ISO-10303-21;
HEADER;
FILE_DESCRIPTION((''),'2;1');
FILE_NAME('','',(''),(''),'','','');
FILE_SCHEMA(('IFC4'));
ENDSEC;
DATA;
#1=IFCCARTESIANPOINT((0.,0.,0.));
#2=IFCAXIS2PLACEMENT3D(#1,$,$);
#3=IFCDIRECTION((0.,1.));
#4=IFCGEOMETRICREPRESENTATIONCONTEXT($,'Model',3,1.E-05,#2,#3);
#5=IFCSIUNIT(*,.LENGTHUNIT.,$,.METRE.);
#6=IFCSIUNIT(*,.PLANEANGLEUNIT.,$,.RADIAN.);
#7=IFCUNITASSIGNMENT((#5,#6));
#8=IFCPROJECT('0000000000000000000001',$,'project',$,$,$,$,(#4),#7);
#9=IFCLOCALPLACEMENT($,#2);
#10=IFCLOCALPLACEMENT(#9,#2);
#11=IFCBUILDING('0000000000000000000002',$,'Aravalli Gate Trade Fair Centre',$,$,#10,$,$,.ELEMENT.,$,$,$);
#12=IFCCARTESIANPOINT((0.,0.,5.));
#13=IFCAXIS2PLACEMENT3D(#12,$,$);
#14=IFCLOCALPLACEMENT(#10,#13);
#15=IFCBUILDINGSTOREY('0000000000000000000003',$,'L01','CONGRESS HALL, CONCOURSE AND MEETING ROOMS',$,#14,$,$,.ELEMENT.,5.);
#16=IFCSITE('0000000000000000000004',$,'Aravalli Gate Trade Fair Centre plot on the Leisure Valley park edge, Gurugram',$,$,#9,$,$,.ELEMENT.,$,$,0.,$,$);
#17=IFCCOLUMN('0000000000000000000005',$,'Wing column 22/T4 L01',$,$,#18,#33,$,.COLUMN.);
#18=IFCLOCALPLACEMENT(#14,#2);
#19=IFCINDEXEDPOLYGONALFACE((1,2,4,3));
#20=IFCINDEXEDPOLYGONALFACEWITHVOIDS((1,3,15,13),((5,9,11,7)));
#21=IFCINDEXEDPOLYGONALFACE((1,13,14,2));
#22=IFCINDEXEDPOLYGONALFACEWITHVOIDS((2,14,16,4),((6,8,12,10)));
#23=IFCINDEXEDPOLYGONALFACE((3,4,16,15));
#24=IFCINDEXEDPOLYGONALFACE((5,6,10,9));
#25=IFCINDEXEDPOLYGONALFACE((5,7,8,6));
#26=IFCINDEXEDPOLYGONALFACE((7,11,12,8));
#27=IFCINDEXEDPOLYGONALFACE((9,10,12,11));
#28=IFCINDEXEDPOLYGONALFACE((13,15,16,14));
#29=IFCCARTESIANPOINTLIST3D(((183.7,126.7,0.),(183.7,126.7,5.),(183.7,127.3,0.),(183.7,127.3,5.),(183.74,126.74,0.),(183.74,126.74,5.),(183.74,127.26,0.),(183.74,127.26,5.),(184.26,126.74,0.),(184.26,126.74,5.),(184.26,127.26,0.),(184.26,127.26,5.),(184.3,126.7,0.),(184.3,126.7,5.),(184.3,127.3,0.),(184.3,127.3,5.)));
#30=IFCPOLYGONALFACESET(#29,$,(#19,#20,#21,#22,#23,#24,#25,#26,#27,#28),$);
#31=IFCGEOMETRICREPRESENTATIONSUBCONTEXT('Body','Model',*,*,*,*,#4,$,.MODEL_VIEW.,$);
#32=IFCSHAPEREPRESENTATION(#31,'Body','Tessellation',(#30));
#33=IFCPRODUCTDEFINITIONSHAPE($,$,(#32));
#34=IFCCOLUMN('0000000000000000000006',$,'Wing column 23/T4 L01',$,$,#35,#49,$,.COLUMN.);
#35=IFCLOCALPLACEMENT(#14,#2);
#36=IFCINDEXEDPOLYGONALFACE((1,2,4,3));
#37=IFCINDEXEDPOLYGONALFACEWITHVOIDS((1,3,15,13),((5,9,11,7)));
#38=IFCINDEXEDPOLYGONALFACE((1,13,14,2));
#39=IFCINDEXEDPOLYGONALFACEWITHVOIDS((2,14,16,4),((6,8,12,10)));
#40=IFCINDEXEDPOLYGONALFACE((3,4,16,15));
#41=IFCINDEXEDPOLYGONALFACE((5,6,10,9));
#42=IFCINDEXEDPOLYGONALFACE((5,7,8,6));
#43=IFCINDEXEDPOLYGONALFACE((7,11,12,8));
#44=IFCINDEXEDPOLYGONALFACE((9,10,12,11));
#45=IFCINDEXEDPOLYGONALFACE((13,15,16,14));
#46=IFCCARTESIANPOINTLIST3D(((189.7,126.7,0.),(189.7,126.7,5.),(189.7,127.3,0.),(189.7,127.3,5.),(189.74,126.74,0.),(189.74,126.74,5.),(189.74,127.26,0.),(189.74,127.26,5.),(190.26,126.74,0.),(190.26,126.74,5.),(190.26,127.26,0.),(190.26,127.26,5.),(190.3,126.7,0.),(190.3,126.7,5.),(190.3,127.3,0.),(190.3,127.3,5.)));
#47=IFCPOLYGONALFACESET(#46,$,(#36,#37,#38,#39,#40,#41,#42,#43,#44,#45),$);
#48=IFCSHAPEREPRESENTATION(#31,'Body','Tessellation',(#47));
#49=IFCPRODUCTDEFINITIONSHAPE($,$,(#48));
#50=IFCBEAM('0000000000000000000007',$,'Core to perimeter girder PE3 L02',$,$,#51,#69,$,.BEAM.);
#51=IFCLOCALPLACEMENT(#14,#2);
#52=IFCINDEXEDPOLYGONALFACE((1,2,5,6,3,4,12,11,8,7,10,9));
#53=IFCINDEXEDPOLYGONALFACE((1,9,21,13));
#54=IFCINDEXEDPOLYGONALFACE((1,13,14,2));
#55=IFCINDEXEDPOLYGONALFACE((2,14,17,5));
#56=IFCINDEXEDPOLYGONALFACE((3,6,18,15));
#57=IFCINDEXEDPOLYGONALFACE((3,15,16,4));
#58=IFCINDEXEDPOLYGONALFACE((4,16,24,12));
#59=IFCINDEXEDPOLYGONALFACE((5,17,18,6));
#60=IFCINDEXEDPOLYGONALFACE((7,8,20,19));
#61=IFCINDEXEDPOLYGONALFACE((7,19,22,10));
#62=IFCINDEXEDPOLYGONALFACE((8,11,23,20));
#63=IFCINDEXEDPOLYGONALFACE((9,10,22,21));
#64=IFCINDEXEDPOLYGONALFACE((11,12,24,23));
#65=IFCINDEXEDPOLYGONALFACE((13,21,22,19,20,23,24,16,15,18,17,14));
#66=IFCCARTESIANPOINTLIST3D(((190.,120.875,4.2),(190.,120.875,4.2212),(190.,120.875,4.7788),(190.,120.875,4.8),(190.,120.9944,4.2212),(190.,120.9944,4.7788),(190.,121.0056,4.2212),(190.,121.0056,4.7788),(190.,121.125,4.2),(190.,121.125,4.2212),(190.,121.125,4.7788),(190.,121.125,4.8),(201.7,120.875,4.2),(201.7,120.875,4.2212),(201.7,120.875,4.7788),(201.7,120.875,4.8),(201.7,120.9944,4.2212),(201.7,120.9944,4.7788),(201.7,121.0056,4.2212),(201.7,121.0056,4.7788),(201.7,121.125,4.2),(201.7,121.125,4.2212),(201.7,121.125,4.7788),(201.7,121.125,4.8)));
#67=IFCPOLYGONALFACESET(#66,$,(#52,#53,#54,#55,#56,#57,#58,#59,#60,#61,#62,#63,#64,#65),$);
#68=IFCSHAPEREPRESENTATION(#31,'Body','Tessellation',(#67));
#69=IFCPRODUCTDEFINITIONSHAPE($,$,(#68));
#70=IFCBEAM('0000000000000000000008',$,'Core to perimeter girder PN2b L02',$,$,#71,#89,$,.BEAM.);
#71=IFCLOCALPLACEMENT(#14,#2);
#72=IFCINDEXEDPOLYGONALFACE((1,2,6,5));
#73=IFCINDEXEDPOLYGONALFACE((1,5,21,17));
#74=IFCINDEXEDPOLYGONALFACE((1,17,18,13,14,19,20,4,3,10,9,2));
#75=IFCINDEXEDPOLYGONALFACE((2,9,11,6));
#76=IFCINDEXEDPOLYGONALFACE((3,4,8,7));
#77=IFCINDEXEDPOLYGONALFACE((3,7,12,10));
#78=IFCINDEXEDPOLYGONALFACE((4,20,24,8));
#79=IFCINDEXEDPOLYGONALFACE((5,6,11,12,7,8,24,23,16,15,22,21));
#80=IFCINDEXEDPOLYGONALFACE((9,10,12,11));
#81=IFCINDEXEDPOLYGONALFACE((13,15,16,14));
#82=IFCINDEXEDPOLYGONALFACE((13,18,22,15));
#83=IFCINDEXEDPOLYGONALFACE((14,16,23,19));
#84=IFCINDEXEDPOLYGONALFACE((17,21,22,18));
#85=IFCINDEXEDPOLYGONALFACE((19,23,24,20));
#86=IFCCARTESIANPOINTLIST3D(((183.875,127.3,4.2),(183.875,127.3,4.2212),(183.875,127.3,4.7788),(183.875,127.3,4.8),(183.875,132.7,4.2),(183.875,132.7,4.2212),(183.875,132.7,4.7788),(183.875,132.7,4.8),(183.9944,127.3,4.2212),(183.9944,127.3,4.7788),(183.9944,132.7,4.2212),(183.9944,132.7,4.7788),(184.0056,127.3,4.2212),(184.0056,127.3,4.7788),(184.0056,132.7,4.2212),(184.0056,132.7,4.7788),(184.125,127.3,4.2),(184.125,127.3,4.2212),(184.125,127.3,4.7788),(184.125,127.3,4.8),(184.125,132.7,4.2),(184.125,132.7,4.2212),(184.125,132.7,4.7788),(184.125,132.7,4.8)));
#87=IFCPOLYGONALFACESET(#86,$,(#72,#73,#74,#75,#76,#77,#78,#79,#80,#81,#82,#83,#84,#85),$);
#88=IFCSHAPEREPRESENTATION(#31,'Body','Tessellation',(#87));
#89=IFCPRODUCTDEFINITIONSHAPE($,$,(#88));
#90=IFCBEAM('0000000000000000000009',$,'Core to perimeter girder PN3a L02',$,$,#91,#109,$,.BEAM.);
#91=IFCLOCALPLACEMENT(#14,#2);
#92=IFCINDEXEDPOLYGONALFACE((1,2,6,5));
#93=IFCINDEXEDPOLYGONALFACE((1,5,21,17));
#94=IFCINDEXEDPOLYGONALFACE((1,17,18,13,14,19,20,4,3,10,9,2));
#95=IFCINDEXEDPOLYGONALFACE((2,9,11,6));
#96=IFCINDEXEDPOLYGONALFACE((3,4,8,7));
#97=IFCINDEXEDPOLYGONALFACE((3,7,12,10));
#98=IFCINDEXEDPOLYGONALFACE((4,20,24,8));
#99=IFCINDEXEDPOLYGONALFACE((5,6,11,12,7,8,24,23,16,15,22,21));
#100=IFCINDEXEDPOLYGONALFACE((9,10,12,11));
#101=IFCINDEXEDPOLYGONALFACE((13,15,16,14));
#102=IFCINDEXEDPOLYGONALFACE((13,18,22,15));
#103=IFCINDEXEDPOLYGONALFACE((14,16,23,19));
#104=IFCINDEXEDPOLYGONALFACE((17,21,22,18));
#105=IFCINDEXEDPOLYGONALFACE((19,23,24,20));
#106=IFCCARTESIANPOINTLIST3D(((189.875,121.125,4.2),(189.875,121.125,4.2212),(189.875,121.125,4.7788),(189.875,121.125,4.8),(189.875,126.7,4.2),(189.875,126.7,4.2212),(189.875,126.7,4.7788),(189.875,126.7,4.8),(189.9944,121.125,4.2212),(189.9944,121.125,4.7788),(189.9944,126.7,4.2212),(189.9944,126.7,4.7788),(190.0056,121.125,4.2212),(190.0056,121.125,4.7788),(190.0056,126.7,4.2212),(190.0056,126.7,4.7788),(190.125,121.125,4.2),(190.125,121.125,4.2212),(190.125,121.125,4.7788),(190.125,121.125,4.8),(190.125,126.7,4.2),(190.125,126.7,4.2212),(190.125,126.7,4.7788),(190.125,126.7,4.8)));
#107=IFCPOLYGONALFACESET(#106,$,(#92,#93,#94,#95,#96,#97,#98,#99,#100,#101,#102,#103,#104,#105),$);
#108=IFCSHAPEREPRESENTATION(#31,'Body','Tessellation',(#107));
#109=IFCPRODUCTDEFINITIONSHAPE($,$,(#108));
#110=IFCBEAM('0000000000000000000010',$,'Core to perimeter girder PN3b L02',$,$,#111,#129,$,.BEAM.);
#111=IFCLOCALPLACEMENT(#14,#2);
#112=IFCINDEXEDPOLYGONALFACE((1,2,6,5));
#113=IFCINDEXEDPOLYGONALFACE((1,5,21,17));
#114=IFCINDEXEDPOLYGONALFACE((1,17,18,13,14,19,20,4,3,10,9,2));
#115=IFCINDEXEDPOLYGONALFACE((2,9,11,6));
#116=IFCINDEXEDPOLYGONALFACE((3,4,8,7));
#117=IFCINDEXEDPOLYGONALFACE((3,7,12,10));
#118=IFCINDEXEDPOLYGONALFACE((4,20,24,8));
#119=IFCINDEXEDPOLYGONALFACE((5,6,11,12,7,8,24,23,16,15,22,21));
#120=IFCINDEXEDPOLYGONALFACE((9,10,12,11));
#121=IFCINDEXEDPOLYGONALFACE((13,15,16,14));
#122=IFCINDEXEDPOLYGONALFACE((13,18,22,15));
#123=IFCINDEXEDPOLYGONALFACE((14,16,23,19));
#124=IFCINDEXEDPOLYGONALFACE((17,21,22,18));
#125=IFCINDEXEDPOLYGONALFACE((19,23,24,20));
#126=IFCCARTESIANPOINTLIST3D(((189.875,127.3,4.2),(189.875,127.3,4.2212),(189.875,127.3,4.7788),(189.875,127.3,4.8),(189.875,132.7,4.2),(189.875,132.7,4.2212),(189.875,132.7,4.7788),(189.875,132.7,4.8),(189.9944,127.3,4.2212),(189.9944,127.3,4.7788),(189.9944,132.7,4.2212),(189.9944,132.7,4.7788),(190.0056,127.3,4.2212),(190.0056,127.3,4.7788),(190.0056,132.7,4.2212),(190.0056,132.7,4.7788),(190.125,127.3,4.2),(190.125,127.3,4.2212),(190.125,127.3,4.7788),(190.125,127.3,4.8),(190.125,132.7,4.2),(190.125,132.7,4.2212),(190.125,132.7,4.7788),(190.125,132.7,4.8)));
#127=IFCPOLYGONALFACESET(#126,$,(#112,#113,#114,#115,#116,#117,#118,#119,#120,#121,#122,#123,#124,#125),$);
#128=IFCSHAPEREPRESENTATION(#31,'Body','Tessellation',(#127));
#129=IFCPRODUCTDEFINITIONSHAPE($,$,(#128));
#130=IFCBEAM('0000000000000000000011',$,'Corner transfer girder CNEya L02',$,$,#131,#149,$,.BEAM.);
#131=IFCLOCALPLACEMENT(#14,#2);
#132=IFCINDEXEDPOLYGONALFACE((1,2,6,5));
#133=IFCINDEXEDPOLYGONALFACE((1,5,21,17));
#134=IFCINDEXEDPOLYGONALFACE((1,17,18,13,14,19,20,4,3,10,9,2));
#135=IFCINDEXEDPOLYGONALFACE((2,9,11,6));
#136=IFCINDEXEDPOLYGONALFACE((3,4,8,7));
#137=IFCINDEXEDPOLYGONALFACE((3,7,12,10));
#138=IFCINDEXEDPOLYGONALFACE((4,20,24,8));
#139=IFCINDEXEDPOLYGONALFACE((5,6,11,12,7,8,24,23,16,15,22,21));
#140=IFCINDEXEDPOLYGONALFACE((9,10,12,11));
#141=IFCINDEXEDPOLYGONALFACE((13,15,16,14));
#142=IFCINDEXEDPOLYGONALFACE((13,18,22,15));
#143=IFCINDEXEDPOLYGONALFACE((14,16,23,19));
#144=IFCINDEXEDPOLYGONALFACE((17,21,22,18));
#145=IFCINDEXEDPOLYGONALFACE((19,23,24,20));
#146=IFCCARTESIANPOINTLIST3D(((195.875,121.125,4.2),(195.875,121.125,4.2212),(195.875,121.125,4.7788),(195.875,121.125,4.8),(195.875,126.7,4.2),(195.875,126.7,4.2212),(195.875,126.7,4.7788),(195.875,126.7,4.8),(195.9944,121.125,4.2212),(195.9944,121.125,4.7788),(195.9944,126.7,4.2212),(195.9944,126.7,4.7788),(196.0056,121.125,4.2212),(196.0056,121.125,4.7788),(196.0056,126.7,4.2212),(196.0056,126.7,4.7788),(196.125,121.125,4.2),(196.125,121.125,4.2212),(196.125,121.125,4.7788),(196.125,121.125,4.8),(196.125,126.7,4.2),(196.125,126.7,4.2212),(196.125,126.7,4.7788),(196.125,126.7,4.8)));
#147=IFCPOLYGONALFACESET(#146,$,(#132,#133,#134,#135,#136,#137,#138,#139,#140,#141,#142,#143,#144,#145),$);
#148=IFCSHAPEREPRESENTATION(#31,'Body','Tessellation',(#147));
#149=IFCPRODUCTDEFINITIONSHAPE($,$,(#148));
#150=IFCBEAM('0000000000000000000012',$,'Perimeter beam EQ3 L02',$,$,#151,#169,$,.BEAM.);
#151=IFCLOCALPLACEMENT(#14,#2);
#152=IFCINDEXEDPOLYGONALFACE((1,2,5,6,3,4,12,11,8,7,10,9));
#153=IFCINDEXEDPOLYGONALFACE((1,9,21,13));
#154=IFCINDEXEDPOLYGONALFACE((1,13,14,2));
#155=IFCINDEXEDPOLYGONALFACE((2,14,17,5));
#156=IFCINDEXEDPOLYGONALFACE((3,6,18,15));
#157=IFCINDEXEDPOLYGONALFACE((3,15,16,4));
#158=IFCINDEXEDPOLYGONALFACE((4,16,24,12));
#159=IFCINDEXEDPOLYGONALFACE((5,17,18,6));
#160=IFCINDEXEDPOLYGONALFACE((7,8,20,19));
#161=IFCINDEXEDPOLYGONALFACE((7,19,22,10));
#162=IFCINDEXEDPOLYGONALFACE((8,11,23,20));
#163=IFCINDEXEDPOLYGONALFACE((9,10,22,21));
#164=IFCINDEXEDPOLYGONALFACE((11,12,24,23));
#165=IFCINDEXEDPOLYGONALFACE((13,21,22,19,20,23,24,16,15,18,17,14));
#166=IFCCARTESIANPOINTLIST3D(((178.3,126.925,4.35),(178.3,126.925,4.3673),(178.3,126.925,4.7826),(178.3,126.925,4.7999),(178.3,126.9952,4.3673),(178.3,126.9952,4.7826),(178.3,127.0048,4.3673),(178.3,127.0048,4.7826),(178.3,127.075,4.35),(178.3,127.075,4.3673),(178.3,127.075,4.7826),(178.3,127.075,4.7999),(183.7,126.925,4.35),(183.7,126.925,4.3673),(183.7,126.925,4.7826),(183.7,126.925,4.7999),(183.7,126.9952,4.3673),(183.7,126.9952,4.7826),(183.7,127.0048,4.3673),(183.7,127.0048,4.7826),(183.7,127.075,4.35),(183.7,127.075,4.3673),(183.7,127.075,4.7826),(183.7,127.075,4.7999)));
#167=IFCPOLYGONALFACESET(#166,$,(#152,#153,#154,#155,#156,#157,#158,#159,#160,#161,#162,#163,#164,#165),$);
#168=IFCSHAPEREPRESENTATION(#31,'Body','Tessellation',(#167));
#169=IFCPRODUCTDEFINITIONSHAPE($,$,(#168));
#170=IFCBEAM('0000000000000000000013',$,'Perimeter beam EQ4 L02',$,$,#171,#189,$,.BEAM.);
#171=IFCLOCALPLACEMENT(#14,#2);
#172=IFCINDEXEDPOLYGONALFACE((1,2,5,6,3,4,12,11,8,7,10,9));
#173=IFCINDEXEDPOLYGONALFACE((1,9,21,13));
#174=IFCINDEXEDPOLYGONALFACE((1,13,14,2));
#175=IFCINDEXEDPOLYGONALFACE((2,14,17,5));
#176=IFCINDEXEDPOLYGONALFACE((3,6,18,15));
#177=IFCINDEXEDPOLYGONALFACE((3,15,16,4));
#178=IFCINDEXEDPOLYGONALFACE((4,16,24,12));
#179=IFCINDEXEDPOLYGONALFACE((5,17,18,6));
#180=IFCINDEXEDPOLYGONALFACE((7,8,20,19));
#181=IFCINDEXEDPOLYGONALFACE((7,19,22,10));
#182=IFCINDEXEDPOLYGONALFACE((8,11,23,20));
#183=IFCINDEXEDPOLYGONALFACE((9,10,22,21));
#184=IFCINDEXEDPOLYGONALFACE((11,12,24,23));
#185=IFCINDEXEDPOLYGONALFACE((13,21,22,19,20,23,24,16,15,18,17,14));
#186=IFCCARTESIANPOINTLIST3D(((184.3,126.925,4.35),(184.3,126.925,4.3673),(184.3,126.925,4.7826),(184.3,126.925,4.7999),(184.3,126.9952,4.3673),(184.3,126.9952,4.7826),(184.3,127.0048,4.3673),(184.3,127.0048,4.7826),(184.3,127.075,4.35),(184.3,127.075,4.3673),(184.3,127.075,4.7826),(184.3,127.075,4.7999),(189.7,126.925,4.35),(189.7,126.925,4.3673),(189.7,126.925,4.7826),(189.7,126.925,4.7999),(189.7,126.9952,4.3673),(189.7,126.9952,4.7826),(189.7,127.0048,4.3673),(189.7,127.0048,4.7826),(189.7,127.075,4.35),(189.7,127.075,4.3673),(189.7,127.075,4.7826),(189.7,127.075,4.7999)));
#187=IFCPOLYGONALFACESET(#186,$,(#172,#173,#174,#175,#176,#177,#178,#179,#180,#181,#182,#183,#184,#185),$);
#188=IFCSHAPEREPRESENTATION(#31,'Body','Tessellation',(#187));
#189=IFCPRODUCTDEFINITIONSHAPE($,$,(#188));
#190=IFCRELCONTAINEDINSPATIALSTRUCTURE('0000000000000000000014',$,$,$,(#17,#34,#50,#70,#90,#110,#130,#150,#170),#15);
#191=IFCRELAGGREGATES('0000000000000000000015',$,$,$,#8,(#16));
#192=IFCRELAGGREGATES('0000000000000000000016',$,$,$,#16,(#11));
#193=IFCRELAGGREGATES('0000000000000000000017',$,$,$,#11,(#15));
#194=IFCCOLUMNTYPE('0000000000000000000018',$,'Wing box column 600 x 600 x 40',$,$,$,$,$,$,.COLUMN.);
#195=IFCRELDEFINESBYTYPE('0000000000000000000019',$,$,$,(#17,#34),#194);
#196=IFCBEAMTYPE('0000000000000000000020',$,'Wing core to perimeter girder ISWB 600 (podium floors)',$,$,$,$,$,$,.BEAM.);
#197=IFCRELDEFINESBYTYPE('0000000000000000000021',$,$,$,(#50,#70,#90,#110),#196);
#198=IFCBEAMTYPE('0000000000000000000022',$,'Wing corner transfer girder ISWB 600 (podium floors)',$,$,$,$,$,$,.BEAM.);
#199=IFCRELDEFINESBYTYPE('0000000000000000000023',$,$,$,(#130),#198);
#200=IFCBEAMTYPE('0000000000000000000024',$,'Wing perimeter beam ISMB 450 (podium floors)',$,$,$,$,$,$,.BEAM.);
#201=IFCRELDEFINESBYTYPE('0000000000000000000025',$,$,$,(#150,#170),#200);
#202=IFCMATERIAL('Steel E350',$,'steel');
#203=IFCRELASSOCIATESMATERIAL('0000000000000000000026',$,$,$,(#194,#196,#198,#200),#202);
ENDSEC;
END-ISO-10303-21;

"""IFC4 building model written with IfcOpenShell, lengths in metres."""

from ifc_helpers import new_model, si_unit, direction, frame, origin, origin_2d, place, context, subcontext, project, spatial, hollow_rectangle, i_section, extrude, material, material_profile, profile_set, type_object, element, save


model = new_model("IFC4")

# Units and contexts
model_context = context("Model", 3, precision=1e-05, world=origin(), true_north=direction((0.0, 1.0)))
body_context = subcontext(model_context, "Body", "Model", "MODEL_VIEW")
ifc_project = project(units=[si_unit("LENGTHUNIT", "METRE"), si_unit("PLANEANGLEUNIT", "RADIAN")], contexts=[model_context])

# Site, building, storey
site_placement = place(None, origin())
site = spatial("IfcSite", under=ifc_project, at=site_placement, Name="Aravalli Gate Trade Fair Centre plot on the Leisure Valley park edge, Gurugram", CompositionType="ELEMENT", RefElevation=0.0)
building_placement = place(site_placement, origin())
building = spatial("IfcBuilding", under=site, at=building_placement, Name="Aravalli Gate Trade Fair Centre", CompositionType="ELEMENT")
storey_placement = place(building_placement, frame((0.0, 0.0, 5.0)))
storey = spatial("IfcBuildingStorey", under=building, at=storey_placement, Name="L01", Description="CONGRESS HALL, CONCOURSE AND MEETING ROOMS", CompositionType="ELEMENT", Elevation=5.0)

# Columns
ifc_material_1 = material(Name="Steel E350", Category="steel")
ifc_material_profile_1 = material_profile(ifc_material_1, hollow_rectangle(XDim=0.6001, YDim=0.6001, WallThickness=0.04, at=origin_2d()), Name="BOX 600x600x40")
ifc_profile_set_1 = profile_set([ifc_material_profile_1], Name="Steel E350")
column_type = type_object("IfcColumnType", Name="Wing box column 600 x 600 x 40", PredefinedType="COLUMN", material=ifc_profile_set_1)
for number, where, z_axis, x_axis, name in (
    (1, (184.0, 127.0, 0.0), (0.0, 0.0, 1.0), (1.0, 0.0, 0.0), "Wing column 22/T4 L01"),
    (2, (190.0, 127.0, 0.0), (0.0, 0.0, 1.0), (1.0, 0.0, 0.0), "Wing column 23/T4 L01"),
):
    element("IfcColumn", number, at=place(storey_placement, frame(where, z_axis=z_axis, x_axis=x_axis)), inside=storey, type_object=column_type, Name=name, PredefinedType="COLUMN", context=body_context, shape_type="SweptSolid", body=[
        extrude(hollow_rectangle(XDim=0.6001, YDim=0.6001, WallThickness=0.04, at=origin_2d()), origin(), (0.0, 0.0, 1.0), 5.0),
    ])

# Beams
ifc_material_profile_2 = material_profile(ifc_material_1, i_section(OverallWidth=0.25, OverallDepth=0.6001, WebThickness=0.0112, FlangeThickness=0.0212, at=origin_2d()), Name="ISWB 600")
ifc_profile_set_2 = profile_set([ifc_material_profile_2], Name="Steel E350")
beam_type_1 = type_object("IfcBeamType", Name="Wing core to perimeter girder ISWB 600 (podium floors)", PredefinedType="BEAM", material=ifc_profile_set_2)
beam_1_placement = place(storey_placement, frame((190.0, 121.0, 4.5), z_axis=(1.0, 0.0, 0.0), x_axis=(0.0, 1.0, 0.0)))
element("IfcBeam", 3, at=beam_1_placement, inside=storey, type_object=beam_type_1, Name="Core to perimeter girder PE3 L02", PredefinedType="BEAM", context=body_context, shape_type="SweptSolid", body=[
    extrude(i_section(OverallWidth=0.25, OverallDepth=0.6001, WebThickness=0.0112, FlangeThickness=0.0212, at=origin_2d()), origin(), (0.0, 0.0, 1.0), 11.7),
])
beam_2_placement = place(storey_placement, frame((184.0, 127.3, 4.5), z_axis=(0.0, 1.0, 0.0), x_axis=(-1.0, 0.0, 0.0)))
element("IfcBeam", 4, at=beam_2_placement, inside=storey, type_object=beam_type_1, Name="Core to perimeter girder PN2b L02", PredefinedType="BEAM", context=body_context, shape_type="SweptSolid", body=[
    extrude(i_section(OverallWidth=0.25, OverallDepth=0.6001, WebThickness=0.0112, FlangeThickness=0.0212, at=origin_2d()), origin(), (0.0, 0.0, 1.0), 5.3999),
])
beam_3_placement = place(storey_placement, frame((190.0, 121.125, 4.5), z_axis=(0.0, 1.0, 0.0), x_axis=(-1.0, 0.0, 0.0)))
element("IfcBeam", 5, at=beam_3_placement, inside=storey, type_object=beam_type_1, Name="Core to perimeter girder PN3a L02", PredefinedType="BEAM", context=body_context, shape_type="SweptSolid", body=[
    extrude(i_section(OverallWidth=0.25, OverallDepth=0.6001, WebThickness=0.0112, FlangeThickness=0.0212, at=origin_2d()), origin(), (0.0, 0.0, 1.0), 5.575),
])
beam_4_placement = place(storey_placement, frame((190.0, 127.3, 4.5), z_axis=(0.0, 1.0, 0.0), x_axis=(-1.0, 0.0, 0.0)))
element("IfcBeam", 6, at=beam_4_placement, inside=storey, type_object=beam_type_1, Name="Core to perimeter girder PN3b L02", PredefinedType="BEAM", context=body_context, shape_type="SweptSolid", body=[
    extrude(i_section(OverallWidth=0.25, OverallDepth=0.6001, WebThickness=0.0112, FlangeThickness=0.0212, at=origin_2d()), origin(), (0.0, 0.0, 1.0), 5.3999),
])
ifc_material_profile_3 = material_profile(ifc_material_1, i_section(OverallWidth=0.25, OverallDepth=0.6001, WebThickness=0.0112, FlangeThickness=0.0212, at=origin_2d()), Name="ISWB 600")
ifc_profile_set_3 = profile_set([ifc_material_profile_3], Name="Steel E350")
beam_type_2 = type_object("IfcBeamType", Name="Wing corner transfer girder ISWB 600 (podium floors)", PredefinedType="BEAM", material=ifc_profile_set_3)
beam_5_placement = place(storey_placement, frame((196.0, 121.125, 4.5), z_axis=(0.0, 1.0, 0.0), x_axis=(-1.0, 0.0, 0.0)))
element("IfcBeam", 7, at=beam_5_placement, inside=storey, type_object=beam_type_2, Name="Corner transfer girder CNEya L02", PredefinedType="BEAM", context=body_context, shape_type="SweptSolid", body=[
    extrude(i_section(OverallWidth=0.25, OverallDepth=0.6001, WebThickness=0.0112, FlangeThickness=0.0212, at=origin_2d()), origin(), (0.0, 0.0, 1.0), 5.575),
])
ifc_material_profile_4 = material_profile(ifc_material_1, i_section(OverallWidth=0.1499, OverallDepth=0.45, WebThickness=0.0095, FlangeThickness=0.0173, at=origin_2d()), Name="ISMB 450")
ifc_profile_set_4 = profile_set([ifc_material_profile_4], Name="Steel E350")
beam_type_3 = type_object("IfcBeamType", Name="Wing perimeter beam ISMB 450 (podium floors)", PredefinedType="BEAM", material=ifc_profile_set_4)
for number, where, z_axis, x_axis, name in (
    (8, (178.3, 127.0, 4.575), (1.0, 0.0, 0.0), (0.0, 1.0, 0.0), "Perimeter beam EQ3 L02"),
    (9, (184.3, 127.0, 4.575), (1.0, 0.0, 0.0), (0.0, 1.0, 0.0), "Perimeter beam EQ4 L02"),
):
    element("IfcBeam", number, at=place(storey_placement, frame(where, z_axis=z_axis, x_axis=x_axis)), inside=storey, type_object=beam_type_3, Name=name, PredefinedType="BEAM", context=body_context, shape_type="SweptSolid", body=[
        extrude(i_section(OverallWidth=0.1499, OverallDepth=0.45, WebThickness=0.0095, FlangeThickness=0.0173, at=origin_2d()), origin(), (0.0, 0.0, 1.0), 5.3999),
    ])

save(model, "model.ifc")
